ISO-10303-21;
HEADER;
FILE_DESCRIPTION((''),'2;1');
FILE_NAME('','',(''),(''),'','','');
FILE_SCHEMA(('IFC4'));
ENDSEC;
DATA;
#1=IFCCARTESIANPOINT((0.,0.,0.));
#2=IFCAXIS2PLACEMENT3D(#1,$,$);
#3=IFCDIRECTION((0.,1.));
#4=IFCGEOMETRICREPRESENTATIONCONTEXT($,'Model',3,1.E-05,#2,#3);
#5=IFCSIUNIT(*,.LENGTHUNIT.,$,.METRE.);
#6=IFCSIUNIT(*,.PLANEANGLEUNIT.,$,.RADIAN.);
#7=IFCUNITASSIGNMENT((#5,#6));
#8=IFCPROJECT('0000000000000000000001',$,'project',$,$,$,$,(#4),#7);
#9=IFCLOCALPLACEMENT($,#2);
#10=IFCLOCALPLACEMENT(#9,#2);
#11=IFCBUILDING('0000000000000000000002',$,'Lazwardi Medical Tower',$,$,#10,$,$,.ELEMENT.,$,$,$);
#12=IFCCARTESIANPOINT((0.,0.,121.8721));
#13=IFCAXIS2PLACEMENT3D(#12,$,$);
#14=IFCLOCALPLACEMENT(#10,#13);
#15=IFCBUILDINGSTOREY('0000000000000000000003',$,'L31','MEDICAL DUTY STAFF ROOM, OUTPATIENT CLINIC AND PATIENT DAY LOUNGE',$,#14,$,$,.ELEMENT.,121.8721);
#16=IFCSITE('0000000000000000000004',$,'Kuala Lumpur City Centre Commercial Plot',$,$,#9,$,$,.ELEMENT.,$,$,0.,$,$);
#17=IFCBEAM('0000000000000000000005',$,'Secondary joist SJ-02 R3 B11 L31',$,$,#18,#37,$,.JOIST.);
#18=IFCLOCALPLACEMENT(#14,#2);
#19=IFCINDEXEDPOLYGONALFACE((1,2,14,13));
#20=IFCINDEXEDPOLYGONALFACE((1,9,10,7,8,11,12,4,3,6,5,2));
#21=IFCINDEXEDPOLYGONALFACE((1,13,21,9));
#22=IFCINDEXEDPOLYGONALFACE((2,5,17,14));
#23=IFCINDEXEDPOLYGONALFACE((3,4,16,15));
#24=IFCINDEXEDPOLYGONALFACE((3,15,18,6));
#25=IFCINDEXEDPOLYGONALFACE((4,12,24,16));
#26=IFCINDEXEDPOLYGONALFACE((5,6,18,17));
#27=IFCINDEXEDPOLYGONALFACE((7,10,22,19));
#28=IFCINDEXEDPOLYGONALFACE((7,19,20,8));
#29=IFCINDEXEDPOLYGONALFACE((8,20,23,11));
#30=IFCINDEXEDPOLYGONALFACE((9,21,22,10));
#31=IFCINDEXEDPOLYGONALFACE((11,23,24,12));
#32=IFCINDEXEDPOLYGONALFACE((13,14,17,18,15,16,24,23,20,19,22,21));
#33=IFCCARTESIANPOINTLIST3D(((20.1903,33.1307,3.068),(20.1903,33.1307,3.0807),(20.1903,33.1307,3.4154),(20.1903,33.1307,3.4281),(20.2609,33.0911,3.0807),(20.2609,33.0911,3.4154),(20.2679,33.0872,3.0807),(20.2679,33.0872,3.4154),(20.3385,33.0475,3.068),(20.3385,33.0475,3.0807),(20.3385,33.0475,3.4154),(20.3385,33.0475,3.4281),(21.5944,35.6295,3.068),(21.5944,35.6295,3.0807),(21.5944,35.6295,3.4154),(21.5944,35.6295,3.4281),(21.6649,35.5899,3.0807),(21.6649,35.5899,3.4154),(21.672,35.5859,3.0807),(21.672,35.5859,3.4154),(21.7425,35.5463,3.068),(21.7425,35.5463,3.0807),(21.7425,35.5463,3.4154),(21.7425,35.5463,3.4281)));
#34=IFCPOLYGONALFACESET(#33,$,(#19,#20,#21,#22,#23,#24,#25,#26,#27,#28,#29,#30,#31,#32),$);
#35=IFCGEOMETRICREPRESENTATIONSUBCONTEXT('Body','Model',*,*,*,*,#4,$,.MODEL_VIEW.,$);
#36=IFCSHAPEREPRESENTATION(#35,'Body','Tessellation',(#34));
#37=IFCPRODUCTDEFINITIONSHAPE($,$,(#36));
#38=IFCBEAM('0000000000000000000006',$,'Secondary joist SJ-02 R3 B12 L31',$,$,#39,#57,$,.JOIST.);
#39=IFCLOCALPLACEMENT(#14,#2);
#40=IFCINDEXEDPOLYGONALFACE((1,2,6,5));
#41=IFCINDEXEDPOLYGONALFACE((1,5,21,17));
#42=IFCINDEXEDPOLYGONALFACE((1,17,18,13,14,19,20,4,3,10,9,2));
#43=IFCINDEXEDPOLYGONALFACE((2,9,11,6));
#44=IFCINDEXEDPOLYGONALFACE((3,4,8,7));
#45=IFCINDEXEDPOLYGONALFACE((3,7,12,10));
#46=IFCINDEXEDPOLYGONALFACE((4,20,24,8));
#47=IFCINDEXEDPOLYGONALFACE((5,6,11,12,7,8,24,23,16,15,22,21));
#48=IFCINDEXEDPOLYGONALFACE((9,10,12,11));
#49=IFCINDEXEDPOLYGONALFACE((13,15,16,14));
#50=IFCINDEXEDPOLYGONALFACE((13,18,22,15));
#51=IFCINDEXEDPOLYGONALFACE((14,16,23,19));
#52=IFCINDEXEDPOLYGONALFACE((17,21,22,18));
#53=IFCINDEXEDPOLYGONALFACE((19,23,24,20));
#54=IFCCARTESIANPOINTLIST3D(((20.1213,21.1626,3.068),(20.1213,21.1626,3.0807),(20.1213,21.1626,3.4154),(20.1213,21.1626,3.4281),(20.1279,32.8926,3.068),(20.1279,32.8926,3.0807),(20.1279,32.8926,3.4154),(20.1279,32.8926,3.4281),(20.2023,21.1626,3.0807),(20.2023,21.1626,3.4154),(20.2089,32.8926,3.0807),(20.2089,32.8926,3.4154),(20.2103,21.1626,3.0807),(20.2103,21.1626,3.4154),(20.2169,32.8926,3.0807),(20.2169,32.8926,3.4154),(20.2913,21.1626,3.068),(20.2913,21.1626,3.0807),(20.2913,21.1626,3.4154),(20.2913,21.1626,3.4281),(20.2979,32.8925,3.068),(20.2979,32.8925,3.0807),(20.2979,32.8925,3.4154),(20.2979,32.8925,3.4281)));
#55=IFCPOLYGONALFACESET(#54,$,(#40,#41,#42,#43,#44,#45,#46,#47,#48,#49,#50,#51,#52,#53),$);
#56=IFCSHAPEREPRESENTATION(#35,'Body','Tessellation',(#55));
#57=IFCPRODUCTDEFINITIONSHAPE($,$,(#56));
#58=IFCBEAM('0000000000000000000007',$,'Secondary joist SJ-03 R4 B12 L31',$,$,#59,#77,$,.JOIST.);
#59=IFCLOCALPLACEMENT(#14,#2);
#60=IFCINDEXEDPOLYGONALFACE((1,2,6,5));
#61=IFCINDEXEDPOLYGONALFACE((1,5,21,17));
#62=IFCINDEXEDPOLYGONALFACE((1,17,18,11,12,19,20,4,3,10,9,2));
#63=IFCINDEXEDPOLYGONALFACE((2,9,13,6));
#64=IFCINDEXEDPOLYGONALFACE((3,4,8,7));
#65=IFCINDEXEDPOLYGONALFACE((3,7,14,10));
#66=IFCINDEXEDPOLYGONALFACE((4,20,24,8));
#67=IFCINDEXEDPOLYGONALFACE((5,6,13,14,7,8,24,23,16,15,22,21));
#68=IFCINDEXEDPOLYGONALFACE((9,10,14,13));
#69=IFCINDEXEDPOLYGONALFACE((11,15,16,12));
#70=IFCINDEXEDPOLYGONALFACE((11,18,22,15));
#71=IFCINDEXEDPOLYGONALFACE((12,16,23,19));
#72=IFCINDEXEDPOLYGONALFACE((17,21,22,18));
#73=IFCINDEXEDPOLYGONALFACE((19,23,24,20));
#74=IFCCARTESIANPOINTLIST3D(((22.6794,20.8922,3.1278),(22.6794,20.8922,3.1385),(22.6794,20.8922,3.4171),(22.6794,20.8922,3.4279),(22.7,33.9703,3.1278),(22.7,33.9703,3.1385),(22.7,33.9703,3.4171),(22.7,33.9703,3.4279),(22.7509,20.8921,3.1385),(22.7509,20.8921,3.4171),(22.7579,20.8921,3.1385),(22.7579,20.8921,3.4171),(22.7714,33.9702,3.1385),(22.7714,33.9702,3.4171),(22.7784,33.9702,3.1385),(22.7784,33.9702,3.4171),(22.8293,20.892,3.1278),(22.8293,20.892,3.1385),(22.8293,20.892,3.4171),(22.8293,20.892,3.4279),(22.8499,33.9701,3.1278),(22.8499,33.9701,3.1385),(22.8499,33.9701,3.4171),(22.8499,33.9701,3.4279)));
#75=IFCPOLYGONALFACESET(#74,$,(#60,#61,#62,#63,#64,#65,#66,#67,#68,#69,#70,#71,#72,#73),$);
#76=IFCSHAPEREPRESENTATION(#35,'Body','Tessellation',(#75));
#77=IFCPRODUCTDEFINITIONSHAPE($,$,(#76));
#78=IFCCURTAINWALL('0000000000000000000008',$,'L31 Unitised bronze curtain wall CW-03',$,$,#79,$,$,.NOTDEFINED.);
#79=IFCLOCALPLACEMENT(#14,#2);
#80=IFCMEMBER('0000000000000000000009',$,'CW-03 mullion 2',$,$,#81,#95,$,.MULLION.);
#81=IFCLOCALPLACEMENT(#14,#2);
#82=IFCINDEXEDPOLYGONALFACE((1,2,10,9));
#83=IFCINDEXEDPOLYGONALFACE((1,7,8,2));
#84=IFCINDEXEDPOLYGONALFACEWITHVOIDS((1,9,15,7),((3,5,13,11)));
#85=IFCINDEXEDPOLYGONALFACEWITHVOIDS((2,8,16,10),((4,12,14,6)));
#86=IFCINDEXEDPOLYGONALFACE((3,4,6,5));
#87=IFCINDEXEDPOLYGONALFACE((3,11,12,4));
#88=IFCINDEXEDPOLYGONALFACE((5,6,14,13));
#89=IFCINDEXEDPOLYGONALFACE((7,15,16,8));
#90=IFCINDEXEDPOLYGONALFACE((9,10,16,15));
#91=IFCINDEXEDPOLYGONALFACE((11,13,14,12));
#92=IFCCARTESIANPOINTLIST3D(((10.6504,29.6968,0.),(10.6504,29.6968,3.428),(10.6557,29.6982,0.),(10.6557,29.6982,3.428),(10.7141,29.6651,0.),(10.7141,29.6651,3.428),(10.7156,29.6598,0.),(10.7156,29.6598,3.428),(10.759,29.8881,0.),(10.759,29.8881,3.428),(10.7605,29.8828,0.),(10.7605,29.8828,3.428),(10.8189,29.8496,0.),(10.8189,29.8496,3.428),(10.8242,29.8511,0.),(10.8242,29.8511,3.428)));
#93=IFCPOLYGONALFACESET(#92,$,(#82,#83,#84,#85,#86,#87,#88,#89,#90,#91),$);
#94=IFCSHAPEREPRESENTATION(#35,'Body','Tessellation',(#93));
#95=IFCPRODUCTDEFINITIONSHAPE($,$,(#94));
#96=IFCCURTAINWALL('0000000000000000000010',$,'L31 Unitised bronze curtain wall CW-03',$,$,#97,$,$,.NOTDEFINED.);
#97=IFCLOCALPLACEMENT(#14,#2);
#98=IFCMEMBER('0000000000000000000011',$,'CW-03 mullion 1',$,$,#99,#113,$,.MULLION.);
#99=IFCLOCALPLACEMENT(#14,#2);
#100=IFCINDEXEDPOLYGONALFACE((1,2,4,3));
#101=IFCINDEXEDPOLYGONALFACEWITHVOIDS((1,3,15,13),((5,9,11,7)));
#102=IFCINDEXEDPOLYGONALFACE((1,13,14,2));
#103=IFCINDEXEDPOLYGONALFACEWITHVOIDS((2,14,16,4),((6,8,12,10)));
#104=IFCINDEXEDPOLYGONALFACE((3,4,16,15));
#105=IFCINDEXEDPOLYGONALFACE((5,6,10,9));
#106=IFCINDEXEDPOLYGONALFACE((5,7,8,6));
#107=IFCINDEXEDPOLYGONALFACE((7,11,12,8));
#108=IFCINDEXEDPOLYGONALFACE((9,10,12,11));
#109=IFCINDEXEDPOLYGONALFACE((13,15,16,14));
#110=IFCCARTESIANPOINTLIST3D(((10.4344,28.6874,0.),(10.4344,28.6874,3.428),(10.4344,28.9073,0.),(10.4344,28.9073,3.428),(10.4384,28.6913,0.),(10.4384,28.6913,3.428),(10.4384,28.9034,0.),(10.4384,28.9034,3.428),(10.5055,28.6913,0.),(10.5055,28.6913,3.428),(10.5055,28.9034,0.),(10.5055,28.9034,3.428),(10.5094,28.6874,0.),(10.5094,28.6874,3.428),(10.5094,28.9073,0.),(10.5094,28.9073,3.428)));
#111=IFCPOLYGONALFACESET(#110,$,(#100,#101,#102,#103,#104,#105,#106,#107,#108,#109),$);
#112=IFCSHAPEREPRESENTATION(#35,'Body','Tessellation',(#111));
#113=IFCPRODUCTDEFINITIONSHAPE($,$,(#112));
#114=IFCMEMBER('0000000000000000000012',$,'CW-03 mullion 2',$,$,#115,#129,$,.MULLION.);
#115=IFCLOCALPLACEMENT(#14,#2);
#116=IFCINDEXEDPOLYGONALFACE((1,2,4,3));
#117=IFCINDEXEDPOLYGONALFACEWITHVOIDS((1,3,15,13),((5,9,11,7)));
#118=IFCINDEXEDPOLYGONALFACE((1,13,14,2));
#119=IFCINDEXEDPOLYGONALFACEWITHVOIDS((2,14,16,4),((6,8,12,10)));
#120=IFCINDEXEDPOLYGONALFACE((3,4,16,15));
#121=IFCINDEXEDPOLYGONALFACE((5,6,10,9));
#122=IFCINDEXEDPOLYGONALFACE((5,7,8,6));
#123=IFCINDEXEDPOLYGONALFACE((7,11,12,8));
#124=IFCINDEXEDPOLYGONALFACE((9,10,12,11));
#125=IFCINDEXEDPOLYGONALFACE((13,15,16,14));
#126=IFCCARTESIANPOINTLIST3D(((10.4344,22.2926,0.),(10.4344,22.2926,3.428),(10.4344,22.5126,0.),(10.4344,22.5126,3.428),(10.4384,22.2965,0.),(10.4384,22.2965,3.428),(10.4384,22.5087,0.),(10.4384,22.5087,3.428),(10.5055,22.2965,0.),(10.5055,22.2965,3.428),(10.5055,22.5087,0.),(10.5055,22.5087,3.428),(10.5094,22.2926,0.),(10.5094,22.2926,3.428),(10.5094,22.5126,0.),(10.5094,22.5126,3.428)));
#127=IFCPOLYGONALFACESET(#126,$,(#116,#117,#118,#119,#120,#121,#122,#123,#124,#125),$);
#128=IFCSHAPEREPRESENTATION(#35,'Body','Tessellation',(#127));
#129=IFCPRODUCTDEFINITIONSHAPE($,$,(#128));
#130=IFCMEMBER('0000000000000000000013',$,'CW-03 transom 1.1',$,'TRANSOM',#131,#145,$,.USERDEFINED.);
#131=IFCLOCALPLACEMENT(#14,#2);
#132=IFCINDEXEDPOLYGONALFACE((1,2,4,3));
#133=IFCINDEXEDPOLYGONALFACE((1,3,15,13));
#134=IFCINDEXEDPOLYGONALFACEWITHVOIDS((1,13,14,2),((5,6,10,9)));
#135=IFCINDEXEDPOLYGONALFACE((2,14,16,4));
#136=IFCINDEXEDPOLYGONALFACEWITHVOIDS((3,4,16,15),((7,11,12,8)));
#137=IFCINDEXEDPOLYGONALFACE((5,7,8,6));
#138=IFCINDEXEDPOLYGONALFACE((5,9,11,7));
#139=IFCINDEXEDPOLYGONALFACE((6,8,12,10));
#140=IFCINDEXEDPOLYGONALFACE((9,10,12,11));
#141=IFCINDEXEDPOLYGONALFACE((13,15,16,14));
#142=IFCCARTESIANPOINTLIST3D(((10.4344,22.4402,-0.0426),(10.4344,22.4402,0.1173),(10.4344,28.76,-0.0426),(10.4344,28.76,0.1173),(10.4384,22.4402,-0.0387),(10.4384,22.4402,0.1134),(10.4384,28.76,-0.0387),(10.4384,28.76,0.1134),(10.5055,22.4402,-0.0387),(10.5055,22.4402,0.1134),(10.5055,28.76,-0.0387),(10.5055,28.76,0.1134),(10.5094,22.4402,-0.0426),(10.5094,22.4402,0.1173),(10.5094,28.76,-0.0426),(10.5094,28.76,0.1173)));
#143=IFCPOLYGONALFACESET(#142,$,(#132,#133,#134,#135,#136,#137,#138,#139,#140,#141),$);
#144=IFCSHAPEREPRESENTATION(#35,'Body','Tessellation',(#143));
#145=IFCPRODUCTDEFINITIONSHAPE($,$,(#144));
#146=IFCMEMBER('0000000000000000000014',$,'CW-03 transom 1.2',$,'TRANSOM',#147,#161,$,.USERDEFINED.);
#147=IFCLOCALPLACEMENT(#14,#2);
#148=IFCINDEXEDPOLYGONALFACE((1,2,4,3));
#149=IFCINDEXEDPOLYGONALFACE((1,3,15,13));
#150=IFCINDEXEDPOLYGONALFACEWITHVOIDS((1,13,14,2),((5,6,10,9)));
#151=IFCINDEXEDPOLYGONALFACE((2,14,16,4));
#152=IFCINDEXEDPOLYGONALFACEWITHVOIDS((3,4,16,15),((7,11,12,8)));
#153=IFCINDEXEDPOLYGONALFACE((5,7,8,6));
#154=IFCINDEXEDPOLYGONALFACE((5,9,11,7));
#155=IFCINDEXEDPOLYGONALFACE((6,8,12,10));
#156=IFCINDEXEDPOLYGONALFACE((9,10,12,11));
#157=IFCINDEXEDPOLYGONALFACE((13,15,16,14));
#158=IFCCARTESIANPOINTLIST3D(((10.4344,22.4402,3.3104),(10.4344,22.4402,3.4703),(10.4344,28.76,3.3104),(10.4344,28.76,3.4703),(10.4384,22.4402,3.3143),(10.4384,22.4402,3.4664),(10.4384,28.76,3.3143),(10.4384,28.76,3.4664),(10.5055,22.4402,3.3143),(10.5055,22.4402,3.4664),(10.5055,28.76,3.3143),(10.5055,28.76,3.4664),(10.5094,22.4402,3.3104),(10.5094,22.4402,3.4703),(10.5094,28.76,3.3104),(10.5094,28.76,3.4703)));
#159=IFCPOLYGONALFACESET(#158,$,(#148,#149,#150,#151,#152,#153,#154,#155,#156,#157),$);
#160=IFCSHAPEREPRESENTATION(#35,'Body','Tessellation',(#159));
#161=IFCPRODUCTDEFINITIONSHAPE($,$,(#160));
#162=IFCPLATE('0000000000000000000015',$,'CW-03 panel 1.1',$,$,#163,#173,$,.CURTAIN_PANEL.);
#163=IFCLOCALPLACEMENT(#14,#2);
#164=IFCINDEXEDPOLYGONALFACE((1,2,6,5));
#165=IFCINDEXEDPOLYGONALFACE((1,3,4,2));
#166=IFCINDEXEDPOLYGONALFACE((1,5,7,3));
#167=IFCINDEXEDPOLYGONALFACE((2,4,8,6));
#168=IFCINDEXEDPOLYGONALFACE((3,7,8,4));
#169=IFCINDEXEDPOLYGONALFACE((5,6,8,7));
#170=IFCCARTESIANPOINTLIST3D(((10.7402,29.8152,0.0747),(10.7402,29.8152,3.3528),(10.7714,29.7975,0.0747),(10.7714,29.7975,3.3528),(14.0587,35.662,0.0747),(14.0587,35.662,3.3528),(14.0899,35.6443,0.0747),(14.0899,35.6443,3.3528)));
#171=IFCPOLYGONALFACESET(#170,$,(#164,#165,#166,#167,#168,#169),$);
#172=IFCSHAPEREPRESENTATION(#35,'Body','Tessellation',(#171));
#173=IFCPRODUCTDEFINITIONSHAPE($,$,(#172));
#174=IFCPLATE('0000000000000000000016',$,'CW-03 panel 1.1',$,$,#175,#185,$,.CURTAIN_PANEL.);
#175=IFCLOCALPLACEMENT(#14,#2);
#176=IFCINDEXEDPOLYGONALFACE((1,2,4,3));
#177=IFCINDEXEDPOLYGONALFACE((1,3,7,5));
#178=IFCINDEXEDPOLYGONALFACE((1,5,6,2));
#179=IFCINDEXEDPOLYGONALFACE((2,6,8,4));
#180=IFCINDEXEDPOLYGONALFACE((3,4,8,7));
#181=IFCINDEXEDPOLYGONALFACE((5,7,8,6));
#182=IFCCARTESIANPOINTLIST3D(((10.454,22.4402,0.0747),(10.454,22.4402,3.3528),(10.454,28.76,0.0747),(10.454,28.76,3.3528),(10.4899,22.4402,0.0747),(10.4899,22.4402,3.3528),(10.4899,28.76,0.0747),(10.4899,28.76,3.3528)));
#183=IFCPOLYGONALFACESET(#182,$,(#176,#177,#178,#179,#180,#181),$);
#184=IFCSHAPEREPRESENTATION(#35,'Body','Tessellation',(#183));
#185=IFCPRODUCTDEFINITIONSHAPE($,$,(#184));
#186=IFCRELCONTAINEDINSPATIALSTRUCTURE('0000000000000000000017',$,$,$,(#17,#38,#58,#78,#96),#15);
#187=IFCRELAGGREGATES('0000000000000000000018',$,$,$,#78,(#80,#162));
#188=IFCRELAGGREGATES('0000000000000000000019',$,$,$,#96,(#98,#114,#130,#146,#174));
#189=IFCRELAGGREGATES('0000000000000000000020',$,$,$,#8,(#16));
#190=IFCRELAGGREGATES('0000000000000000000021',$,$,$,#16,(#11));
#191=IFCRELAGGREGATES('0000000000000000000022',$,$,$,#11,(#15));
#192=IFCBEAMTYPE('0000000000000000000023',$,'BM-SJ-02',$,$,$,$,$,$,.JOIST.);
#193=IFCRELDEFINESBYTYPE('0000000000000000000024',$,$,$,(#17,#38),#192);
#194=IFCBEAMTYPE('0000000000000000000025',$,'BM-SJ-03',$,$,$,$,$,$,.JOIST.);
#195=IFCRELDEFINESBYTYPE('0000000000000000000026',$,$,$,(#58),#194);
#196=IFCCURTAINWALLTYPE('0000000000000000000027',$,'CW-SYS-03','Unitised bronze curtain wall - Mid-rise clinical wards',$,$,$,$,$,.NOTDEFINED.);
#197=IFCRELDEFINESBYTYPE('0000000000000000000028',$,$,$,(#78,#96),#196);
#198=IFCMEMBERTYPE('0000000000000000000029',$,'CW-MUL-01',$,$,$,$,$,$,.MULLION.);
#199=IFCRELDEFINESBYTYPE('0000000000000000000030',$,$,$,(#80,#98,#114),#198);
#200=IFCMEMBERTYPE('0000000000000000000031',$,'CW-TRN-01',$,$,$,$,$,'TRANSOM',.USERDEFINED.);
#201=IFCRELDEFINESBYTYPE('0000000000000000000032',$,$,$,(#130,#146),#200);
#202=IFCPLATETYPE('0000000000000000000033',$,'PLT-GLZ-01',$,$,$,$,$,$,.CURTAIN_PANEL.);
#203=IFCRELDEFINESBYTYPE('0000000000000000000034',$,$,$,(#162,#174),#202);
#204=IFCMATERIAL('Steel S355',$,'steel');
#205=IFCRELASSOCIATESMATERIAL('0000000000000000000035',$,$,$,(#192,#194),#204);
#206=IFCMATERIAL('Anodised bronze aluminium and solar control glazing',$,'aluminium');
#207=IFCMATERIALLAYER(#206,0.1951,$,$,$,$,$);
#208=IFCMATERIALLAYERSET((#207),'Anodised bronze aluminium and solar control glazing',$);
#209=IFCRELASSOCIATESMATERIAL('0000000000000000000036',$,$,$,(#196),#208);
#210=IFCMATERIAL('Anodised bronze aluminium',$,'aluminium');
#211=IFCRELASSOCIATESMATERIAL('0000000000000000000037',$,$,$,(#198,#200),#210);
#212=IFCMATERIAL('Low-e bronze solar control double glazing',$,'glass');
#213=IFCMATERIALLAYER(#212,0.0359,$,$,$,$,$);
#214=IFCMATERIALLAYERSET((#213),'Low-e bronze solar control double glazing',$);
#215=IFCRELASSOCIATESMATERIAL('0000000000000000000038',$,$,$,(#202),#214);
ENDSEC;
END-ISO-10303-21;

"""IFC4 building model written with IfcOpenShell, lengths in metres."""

from ifc_helpers import new_model, si_unit, direction, frame, origin, origin_2d, place, context, subcontext, project, spatial, rectangle, hollow_rectangle, i_section, extrude, material, layer, layer_set, material_profile, profile_set, type_object, element, aggregate, save


model = new_model("IFC4")

# Units and contexts
model_context = context("Model", 3, precision=1e-05, world=origin(), true_north=direction((0.0, 1.0)))
body_context = subcontext(model_context, "Body", "Model", "MODEL_VIEW")
ifc_project = project(units=[si_unit("LENGTHUNIT", "METRE"), si_unit("PLANEANGLEUNIT", "RADIAN")], contexts=[model_context])

# Site, building, storey
site_placement = place(None, origin())
site = spatial("IfcSite", under=ifc_project, at=site_placement, Name="Kuala Lumpur City Centre Commercial Plot", CompositionType="ELEMENT", RefElevation=0.0)
building_placement = place(site_placement, origin())
building = spatial("IfcBuilding", under=site, at=building_placement, Name="Lazwardi Medical Tower", CompositionType="ELEMENT")
storey_placement = place(building_placement, frame((0.0, 0.0, 121.8721)))
storey = spatial("IfcBuildingStorey", under=building, at=storey_placement, Name="L31", Description="MEDICAL DUTY STAFF ROOM, OUTPATIENT CLINIC AND PATIENT DAY LOUNGE", CompositionType="ELEMENT", Elevation=121.8721)

# Beams
ifc_material_1 = material(Name="Steel S355", Category="steel")
ifc_material_profile_1 = material_profile(ifc_material_1, i_section(OverallWidth=0.1699, OverallDepth=0.3601, WebThickness=0.0081, FlangeThickness=0.0127, at=origin_2d()), Name="IPE 360")
ifc_profile_set_1 = profile_set([ifc_material_profile_1], Name="Steel S355")
beam_type_1 = type_object("IfcBeamType", Name="BM-SJ-02", PredefinedType="JOIST", material=ifc_profile_set_1)
beam_1_placement = place(storey_placement, frame((21.6685, 35.5879, 3.248), z_axis=(-0.489861, -0.871801, 0.0), x_axis=(0.871801, -0.489861, 0.0)))
element("IfcBeam", 1, at=beam_1_placement, inside=storey, type_object=beam_type_1, Name="Secondary joist SJ-02 R3 B11 L31", PredefinedType="JOIST", context=body_context, shape_type="SweptSolid", body=[
    extrude(i_section(OverallWidth=0.1699, OverallDepth=0.3601, WebThickness=0.0081, FlangeThickness=0.0127, at=origin_2d()), origin(), (0.0, 0.0, 1.0), 2.8662),
])
beam_2_placement = place(storey_placement, frame((20.2129, 32.8926, 3.248), z_axis=(-0.000562, -1.0, 0.0), x_axis=(1.0, -0.000562, 0.0)))
element("IfcBeam", 2, at=beam_2_placement, inside=storey, type_object=beam_type_1, Name="Secondary joist SJ-02 R3 B12 L31", PredefinedType="JOIST", context=body_context, shape_type="SweptSolid", body=[
    extrude(i_section(OverallWidth=0.1699, OverallDepth=0.3601, WebThickness=0.0081, FlangeThickness=0.0127, at=origin_2d()), origin(), (0.0, 0.0, 1.0), 11.73),
])
ifc_material_profile_2 = material_profile(ifc_material_1, i_section(OverallWidth=0.1499, OverallDepth=0.3, WebThickness=0.0071, FlangeThickness=0.0107, at=origin_2d()), Name="IPE 300")
ifc_profile_set_2 = profile_set([ifc_material_profile_2], Name="Steel S355")
beam_type_2 = type_object("IfcBeamType", Name="BM-SJ-03", PredefinedType="JOIST", material=ifc_profile_set_2)
beam_3_placement = place(storey_placement, frame((22.7749, 33.9702, 3.2778), z_axis=(-0.001568, -0.999999, 0.0), x_axis=(0.999999, -0.001568, 0.0)))
element("IfcBeam", 3, at=beam_3_placement, inside=storey, type_object=beam_type_2, Name="Secondary joist SJ-03 R4 B12 L31", PredefinedType="JOIST", context=body_context, shape_type="SweptSolid", body=[
    extrude(i_section(OverallWidth=0.1499, OverallDepth=0.3, WebThickness=0.0071, FlangeThickness=0.0107, at=origin_2d()), origin(), (0.0, 0.0, 1.0), 13.0781),
])

# Curtain wall, member
ifc_material_2 = material(Name="Anodised bronze aluminium and solar control glazing", Category="aluminium")
ifc_layer_1 = layer(ifc_material_2, 0.1951)
ifc_layer_set_1 = layer_set([ifc_layer_1], Name="Anodised bronze aluminium and solar control glazing")
curtain_wall_type = type_object("IfcCurtainWallType", Name="CW-SYS-03", Description="Unitised bronze curtain wall - Mid-rise clinical wards", PredefinedType="NOTDEFINED", material=ifc_layer_set_1)
curtain_wall_1_placement = place(storey_placement, origin())
curtain_wall_1 = element("IfcCurtainWall", 4, at=curtain_wall_1_placement, inside=storey, type_object=curtain_wall_type, Name="L31 Unitised bronze curtain wall CW-03", PredefinedType="NOTDEFINED")
ifc_material_3 = material(Name="Anodised bronze aluminium", Category="aluminium")
ifc_material_profile_3 = material_profile(ifc_material_3, hollow_rectangle(XDim=0.075, YDim=0.22, WallThickness=0.0039, at=origin_2d()), Name="ALU-MULLION 220x75x4")
ifc_profile_set_3 = profile_set([ifc_material_profile_3], Name="Anodised bronze aluminium")
member_type_1 = type_object("IfcMemberType", Name="CW-MUL-01", PredefinedType="MULLION", material=ifc_profile_set_3)
member_1_placement = place(storey_placement, frame((10.7373, 29.7739, 0.0), z_axis=(0.0, 0.0, 1.0), x_axis=(0.869687, -0.493603, 0.0)))
member_1 = element("IfcMember", 5, at=member_1_placement, type_object=member_type_1, Name="CW-03 mullion 2", PredefinedType="MULLION", context=body_context, shape_type="SweptSolid", body=[
    extrude(hollow_rectangle(XDim=0.075, YDim=0.22, WallThickness=0.0039, at=origin_2d()), origin(), (0.0, 0.0, 1.0), 3.428),
])

# Curtain wall, members
curtain_wall_2_placement = place(storey_placement, origin())
curtain_wall_2 = element("IfcCurtainWall", 6, at=curtain_wall_2_placement, inside=storey, type_object=curtain_wall_type, Name="L31 Unitised bronze curtain wall CW-03", PredefinedType="NOTDEFINED")
member_2_placement = place(storey_placement, frame((10.4719, 28.7974, 0.0), z_axis=(0.0, 0.0, 1.0), x_axis=(1.0, 0.0, 0.0)))
member_2 = element("IfcMember", 7, at=member_2_placement, type_object=member_type_1, Name="CW-03 mullion 1", PredefinedType="MULLION", context=body_context, shape_type="SweptSolid", body=[
    extrude(hollow_rectangle(XDim=0.075, YDim=0.22, WallThickness=0.0039, at=origin_2d()), origin(), (0.0, 0.0, 1.0), 3.428),
])
member_3_placement = place(storey_placement, frame((10.4719, 22.4026, 0.0), z_axis=(0.0, 0.0, 1.0), x_axis=(1.0, 0.0, 0.0)))
member_3 = element("IfcMember", 8, at=member_3_placement, type_object=member_type_1, Name="CW-03 mullion 2", PredefinedType="MULLION", context=body_context, shape_type="SweptSolid", body=[
    extrude(hollow_rectangle(XDim=0.075, YDim=0.22, WallThickness=0.0039, at=origin_2d()), origin(), (0.0, 0.0, 1.0), 3.428),
])
ifc_material_profile_4 = material_profile(ifc_material_3, hollow_rectangle(XDim=0.075, YDim=0.1599, WallThickness=0.0039, at=origin_2d()), Name="ALU-TRANSOM 160x75x4")
ifc_profile_set_4 = profile_set([ifc_material_profile_4], Name="Anodised bronze aluminium")
member_type_2 = type_object("IfcMemberType", Name="CW-TRN-01", ElementType="TRANSOM", PredefinedType="USERDEFINED", material=ifc_profile_set_4)
member_4_placement = place(storey_placement, frame((10.4719, 28.76, 0.0374), z_axis=(0.0, -1.0, 0.0), x_axis=(1.0, 0.0, 0.0)))
member_4 = element("IfcMember", 9, at=member_4_placement, type_object=member_type_2, Name="CW-03 transom 1.1", ObjectType="TRANSOM", PredefinedType="USERDEFINED", context=body_context, shape_type="SweptSolid", body=[
    extrude(hollow_rectangle(XDim=0.075, YDim=0.1599, WallThickness=0.0039, at=origin_2d()), origin(), (0.0, 0.0, 1.0), 6.3198),
])
member_5_placement = place(storey_placement, frame((10.4719, 28.76, 3.3904), z_axis=(0.0, -1.0, 0.0), x_axis=(1.0, 0.0, 0.0)))
member_5 = element("IfcMember", 10, at=member_5_placement, type_object=member_type_2, Name="CW-03 transom 1.2", ObjectType="TRANSOM", PredefinedType="USERDEFINED", context=body_context, shape_type="SweptSolid", body=[
    extrude(hollow_rectangle(XDim=0.075, YDim=0.1599, WallThickness=0.0039, at=origin_2d()), origin(), (0.0, 0.0, 1.0), 6.3198),
])

# Plates
ifc_material_4 = material(Name="Low-e bronze solar control double glazing", Category="glass")
ifc_layer_2 = layer(ifc_material_4, 0.0359)
ifc_layer_set_2 = layer_set([ifc_layer_2], Name="Low-e bronze solar control double glazing")
plate_type = type_object("IfcPlateType", Name="PLT-GLZ-01", PredefinedType="CURTAIN_PANEL", material=ifc_layer_set_2)
plate_1_placement = place(storey_placement, frame((12.415, 32.7297, 0.0747), z_axis=(0.0, 0.0, 1.0), x_axis=(-0.493603, -0.869687, 0.0)))
plate_1 = element("IfcPlate", 11, at=plate_1_placement, type_object=plate_type, Name="CW-03 panel 1.1", PredefinedType="CURTAIN_PANEL", context=body_context, shape_type="SweptSolid", body=[
    extrude(rectangle(XDim=6.7229, YDim=0.0359, at=origin_2d()), origin(), (0.0, 0.0, 1.0), 3.2781),
])
aggregate(curtain_wall_1, [member_1, plate_1])
plate_2_placement = place(storey_placement, frame((10.4719, 25.6001, 0.0747), z_axis=(0.0, 0.0, 1.0), x_axis=(0.0, -1.0, 0.0)))
plate_2 = element("IfcPlate", 12, at=plate_2_placement, type_object=plate_type, Name="CW-03 panel 1.1", PredefinedType="CURTAIN_PANEL", context=body_context, shape_type="SweptSolid", body=[
    extrude(rectangle(XDim=6.3198, YDim=0.0359, at=origin_2d()), origin(), (0.0, 0.0, 1.0), 3.2781),
])
aggregate(curtain_wall_2, [member_2, member_3, member_4, member_5, plate_2])

save(model, "model.ifc")
